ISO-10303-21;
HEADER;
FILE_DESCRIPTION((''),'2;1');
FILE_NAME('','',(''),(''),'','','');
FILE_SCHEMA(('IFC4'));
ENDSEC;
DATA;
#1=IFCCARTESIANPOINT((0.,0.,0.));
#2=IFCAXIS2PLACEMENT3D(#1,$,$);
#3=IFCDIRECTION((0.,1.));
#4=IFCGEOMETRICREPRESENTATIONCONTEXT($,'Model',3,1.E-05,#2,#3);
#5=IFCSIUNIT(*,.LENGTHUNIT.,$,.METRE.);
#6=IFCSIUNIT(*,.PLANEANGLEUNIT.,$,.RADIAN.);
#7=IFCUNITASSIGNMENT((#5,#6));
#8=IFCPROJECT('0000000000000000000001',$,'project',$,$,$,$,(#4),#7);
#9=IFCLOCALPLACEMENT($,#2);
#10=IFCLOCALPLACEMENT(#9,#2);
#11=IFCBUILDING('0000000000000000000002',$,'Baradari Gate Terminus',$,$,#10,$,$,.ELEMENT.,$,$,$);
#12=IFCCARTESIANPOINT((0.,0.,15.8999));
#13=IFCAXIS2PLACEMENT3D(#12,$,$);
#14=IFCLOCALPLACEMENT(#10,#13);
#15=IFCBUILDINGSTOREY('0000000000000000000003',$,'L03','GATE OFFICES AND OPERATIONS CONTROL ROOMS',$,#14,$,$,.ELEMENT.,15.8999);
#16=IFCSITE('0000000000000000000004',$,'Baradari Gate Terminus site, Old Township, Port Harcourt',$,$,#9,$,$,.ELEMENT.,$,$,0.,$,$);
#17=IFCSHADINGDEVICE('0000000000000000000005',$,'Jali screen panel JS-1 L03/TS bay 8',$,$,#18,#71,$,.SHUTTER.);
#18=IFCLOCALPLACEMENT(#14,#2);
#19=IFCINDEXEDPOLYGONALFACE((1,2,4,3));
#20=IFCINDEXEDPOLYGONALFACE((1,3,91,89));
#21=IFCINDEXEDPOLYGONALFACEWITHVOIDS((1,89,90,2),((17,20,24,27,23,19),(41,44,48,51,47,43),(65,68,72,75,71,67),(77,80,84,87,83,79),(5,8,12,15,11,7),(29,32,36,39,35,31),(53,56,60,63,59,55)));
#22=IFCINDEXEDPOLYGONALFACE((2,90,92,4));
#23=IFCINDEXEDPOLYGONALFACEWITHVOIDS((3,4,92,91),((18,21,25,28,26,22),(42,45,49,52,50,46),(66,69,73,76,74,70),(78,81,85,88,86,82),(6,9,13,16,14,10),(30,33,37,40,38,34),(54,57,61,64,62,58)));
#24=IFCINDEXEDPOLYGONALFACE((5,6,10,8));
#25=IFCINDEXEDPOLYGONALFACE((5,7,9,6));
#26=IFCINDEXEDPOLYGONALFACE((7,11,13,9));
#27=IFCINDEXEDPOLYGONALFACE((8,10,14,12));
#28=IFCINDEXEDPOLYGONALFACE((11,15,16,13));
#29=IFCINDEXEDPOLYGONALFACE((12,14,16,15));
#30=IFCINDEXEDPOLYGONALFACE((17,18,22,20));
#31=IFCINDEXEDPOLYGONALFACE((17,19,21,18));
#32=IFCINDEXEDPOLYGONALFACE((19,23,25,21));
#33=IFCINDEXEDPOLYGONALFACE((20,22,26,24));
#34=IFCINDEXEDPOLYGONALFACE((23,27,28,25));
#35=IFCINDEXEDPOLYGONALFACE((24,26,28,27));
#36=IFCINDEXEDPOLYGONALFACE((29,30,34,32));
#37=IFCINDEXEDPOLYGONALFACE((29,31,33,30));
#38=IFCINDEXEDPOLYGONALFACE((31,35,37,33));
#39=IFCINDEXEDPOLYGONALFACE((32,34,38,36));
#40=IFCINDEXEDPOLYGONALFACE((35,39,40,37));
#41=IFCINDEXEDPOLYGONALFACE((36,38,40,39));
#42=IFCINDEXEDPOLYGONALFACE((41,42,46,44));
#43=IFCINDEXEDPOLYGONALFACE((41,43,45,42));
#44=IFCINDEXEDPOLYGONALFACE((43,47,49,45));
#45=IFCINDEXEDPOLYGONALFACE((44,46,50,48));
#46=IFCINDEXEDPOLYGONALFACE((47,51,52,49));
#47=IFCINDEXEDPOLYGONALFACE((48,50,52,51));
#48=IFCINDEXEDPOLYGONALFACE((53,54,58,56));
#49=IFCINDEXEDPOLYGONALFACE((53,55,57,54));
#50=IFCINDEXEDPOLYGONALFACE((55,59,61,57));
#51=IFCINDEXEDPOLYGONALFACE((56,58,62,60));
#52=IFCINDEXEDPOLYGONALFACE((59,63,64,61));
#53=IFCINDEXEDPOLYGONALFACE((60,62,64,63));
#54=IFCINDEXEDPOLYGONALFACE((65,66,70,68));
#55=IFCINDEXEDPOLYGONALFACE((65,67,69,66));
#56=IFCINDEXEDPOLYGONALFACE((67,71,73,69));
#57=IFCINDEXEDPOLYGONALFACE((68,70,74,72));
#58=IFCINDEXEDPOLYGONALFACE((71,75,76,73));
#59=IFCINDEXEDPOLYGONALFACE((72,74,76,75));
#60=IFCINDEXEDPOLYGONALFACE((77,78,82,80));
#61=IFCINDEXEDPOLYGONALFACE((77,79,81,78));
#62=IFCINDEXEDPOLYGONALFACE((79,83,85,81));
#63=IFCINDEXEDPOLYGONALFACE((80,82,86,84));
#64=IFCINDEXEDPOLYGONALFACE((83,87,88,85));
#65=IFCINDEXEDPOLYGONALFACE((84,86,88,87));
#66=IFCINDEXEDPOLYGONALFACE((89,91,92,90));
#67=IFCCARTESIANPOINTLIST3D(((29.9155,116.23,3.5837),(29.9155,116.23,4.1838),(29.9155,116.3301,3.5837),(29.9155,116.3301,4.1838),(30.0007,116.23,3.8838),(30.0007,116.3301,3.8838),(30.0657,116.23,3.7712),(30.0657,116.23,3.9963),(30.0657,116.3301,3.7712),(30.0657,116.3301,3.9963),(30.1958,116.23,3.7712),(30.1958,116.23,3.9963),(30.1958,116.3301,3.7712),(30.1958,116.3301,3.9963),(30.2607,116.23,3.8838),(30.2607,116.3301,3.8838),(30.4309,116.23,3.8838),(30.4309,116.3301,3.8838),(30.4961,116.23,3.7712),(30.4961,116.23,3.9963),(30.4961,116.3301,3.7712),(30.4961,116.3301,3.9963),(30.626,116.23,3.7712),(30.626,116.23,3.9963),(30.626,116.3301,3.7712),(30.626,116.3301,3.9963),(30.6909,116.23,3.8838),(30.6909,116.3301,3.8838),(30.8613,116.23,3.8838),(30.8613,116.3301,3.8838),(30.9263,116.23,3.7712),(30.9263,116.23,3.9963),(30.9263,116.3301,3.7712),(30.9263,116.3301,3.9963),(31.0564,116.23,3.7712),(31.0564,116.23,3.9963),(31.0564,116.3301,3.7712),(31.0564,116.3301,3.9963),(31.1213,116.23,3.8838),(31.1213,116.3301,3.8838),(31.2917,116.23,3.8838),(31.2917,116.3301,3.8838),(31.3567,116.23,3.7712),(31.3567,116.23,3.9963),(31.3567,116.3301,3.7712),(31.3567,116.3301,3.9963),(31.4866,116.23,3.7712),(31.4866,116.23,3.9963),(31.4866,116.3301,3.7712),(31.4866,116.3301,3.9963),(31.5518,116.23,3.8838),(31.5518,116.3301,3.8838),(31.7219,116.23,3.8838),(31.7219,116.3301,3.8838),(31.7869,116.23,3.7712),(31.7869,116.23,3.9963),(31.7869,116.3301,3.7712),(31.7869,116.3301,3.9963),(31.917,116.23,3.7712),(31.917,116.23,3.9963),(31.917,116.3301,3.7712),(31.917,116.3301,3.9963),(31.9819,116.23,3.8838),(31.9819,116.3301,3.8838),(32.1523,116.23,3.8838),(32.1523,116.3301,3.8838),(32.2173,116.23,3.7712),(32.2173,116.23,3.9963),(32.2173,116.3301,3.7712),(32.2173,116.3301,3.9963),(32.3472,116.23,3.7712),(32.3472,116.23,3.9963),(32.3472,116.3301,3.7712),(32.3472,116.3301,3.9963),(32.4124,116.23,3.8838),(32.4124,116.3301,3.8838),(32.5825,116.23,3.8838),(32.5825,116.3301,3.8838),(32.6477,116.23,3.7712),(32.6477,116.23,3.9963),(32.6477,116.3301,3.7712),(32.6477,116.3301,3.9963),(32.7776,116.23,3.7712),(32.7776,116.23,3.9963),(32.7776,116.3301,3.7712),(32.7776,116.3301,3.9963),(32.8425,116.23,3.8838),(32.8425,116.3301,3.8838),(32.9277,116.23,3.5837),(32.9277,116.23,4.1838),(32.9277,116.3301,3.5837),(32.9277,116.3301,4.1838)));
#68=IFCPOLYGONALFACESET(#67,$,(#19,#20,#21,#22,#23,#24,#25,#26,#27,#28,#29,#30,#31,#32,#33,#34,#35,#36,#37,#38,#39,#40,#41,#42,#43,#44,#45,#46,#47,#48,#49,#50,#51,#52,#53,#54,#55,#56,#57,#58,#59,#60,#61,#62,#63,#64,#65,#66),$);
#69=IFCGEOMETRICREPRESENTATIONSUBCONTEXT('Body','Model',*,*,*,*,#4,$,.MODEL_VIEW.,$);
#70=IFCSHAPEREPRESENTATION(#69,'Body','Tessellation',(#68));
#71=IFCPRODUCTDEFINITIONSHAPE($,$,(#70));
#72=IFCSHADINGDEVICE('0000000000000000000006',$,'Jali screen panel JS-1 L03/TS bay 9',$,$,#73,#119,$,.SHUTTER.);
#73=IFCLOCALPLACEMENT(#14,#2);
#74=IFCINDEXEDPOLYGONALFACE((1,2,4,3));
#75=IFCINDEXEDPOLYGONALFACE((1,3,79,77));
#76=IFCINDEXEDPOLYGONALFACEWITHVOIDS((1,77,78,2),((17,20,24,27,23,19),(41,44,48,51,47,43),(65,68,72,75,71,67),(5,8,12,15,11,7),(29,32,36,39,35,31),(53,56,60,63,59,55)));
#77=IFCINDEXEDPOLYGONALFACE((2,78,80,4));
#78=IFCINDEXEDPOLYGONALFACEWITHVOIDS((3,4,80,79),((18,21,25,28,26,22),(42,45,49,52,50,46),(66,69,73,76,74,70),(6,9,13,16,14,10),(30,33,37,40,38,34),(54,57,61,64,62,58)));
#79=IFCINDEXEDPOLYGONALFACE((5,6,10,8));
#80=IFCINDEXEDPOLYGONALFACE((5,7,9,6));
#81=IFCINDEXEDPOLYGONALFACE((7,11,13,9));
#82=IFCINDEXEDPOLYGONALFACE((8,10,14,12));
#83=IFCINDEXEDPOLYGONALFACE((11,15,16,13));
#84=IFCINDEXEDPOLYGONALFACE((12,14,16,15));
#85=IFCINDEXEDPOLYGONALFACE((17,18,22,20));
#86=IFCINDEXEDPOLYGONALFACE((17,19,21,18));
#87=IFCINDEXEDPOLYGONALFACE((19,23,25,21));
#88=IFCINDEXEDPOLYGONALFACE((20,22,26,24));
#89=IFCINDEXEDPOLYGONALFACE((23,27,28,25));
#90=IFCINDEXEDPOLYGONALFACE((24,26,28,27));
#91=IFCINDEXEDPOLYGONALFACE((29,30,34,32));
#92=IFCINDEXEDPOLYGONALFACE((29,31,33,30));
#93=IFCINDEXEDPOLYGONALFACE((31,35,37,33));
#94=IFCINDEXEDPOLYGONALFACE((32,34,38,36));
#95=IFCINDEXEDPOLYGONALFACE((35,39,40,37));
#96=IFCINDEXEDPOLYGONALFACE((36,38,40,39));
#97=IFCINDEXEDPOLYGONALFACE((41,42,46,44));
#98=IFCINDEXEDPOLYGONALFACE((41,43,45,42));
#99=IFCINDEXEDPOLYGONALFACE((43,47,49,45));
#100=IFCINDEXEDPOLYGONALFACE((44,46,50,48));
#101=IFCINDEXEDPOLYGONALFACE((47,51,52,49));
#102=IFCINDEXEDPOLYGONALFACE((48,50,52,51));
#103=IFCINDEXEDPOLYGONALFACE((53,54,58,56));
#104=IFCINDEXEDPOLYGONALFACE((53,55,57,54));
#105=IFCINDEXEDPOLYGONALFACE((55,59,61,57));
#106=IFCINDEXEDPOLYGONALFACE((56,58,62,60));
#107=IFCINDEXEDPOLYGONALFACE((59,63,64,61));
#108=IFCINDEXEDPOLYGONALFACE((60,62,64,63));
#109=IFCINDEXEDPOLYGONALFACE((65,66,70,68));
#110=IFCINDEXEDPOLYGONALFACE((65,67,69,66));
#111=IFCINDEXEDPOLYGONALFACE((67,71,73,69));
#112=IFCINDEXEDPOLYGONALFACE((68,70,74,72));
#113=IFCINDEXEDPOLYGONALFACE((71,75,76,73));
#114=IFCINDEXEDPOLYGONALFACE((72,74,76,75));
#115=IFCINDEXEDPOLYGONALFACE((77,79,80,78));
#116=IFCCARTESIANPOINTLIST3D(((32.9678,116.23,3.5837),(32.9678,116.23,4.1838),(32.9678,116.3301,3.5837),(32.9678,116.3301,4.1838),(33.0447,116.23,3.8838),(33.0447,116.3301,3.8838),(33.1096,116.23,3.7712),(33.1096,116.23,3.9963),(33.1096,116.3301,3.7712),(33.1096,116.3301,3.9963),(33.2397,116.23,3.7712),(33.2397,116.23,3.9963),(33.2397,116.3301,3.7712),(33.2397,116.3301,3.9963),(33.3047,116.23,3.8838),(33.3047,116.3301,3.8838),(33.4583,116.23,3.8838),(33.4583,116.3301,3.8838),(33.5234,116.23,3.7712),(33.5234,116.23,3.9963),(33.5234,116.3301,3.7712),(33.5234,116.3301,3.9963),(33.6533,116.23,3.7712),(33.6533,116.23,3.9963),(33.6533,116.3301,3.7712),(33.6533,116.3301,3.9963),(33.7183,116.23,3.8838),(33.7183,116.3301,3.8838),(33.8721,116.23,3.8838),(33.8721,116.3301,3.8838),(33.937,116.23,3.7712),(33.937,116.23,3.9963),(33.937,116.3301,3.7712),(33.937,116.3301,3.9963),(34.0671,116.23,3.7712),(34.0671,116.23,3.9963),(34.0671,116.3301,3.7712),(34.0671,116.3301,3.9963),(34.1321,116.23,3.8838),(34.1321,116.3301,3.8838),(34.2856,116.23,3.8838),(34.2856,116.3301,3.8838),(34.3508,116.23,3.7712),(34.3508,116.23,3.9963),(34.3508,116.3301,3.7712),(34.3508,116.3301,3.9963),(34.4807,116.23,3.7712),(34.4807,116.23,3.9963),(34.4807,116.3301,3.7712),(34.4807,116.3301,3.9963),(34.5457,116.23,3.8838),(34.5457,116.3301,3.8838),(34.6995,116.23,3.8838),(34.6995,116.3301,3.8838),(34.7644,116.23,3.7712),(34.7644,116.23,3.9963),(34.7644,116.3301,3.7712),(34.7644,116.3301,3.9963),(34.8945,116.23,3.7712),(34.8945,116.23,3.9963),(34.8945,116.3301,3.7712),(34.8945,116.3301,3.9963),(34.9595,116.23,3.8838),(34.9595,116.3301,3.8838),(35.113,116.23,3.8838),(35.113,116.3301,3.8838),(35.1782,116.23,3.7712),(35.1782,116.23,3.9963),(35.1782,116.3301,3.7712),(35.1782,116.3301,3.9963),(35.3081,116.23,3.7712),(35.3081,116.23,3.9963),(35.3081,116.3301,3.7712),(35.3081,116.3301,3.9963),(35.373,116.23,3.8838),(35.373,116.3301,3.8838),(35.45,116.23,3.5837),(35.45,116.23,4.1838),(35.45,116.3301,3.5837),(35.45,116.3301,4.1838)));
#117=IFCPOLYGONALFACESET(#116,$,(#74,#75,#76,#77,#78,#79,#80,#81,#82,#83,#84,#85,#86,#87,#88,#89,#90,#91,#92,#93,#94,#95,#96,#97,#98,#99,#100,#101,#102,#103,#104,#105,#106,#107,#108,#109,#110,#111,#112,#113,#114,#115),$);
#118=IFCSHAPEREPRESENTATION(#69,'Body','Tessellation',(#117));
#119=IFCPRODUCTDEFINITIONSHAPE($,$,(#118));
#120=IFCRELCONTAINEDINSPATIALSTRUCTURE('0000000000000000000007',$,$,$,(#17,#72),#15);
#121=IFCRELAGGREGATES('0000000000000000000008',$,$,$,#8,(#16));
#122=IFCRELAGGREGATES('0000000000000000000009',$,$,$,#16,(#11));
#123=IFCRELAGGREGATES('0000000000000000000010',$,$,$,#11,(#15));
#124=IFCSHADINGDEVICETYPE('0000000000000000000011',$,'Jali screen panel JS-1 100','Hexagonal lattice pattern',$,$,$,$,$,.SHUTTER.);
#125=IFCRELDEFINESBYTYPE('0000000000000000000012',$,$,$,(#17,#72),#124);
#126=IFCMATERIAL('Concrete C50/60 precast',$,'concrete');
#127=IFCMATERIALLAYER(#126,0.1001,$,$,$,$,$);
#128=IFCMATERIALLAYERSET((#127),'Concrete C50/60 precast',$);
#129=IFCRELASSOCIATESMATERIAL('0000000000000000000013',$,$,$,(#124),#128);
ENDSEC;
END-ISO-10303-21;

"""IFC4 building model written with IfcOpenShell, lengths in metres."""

from ifc_helpers import new_model, si_unit, direction, frame, origin, place, context, subcontext, project, spatial, polyline, outline, extrude, material, layer, layer_set, type_object, element, save


model = new_model("IFC4")

# Units and contexts
model_context = context("Model", 3, precision=1e-05, world=origin(), true_north=direction((0.0, 1.0)))
body_context = subcontext(model_context, "Body", "Model", "MODEL_VIEW")
ifc_project = project(units=[si_unit("LENGTHUNIT", "METRE"), si_unit("PLANEANGLEUNIT", "RADIAN")], contexts=[model_context])

# Site, building, storey
site_placement = place(None, origin())
site = spatial("IfcSite", under=ifc_project, at=site_placement, Name="Baradari Gate Terminus site, Old Township, Port Harcourt", CompositionType="ELEMENT", RefElevation=0.0)
building_placement = place(site_placement, origin())
building = spatial("IfcBuilding", under=site, at=building_placement, Name="Baradari Gate Terminus", CompositionType="ELEMENT")
storey_placement = place(building_placement, frame((0.0, 0.0, 15.8999)))
storey = spatial("IfcBuildingStorey", under=building, at=storey_placement, Name="L03", Description="GATE OFFICES AND OPERATIONS CONTROL ROOMS", CompositionType="ELEMENT", Elevation=15.8999)

# Shading devices
ifc_material_1 = material(Name="Concrete C50/60 precast", Category="concrete")
ifc_layer_1 = layer(ifc_material_1, 0.1001)
ifc_layer_set_1 = layer_set([ifc_layer_1], Name="Concrete C50/60 precast")
shading_device_type = type_object("IfcShadingDeviceType", Name="Jali screen panel JS-1 100", Description="Hexagonal lattice pattern", PredefinedType="SHUTTER", material=ifc_layer_set_1)
shading_device_1_placement = place(storey_placement, frame((29.9155, 116.28, 3.5837), z_axis=(0.0, 0.0, 1.0), x_axis=(1.0, 0.0, 0.0)))
element("IfcShadingDevice", 1, at=shading_device_1_placement, inside=storey, type_object=shading_device_type, Name="Jali screen panel JS-1 L03/TS bay 8", PredefinedType="SHUTTER", context=body_context, shape_type="SweptSolid", body=[
    extrude(outline(polyline([(0.0, 0.0), (3.0122, 0.0), (3.0122, 0.6001), (0.0, 0.6001), (0.0, 0.0)]), holes=[polyline([(0.3452, 0.3), (0.2803, 0.1875), (0.1501, 0.1875), (0.0852, 0.3), (0.1501, 0.4126), (0.2803, 0.4126), (0.3452, 0.3)]), polyline([(0.7754, 0.3), (0.7104, 0.1875), (0.5806, 0.1875), (0.5154, 0.3), (0.5806, 0.4126), (0.7104, 0.4126), (0.7754, 0.3)]), polyline([(1.2058, 0.3), (1.1409, 0.1875), (1.0107, 0.1875), (0.9458, 0.3), (1.0107, 0.4126), (1.1409, 0.4126), (1.2058, 0.3)]), polyline([(1.6362, 0.3), (1.571, 0.1875), (1.4412, 0.1875), (1.3762, 0.3), (1.4412, 0.4126), (1.571, 0.4126), (1.6362, 0.3)]), polyline([(2.0664, 0.3), (2.0015, 0.1875), (1.8713, 0.1875), (1.8064, 0.3), (1.8713, 0.4126), (2.0015, 0.4126), (2.0664, 0.3)]), polyline([(2.4968, 0.3), (2.4316, 0.1875), (2.3018, 0.1875), (2.2368, 0.3), (2.3018, 0.4126), (2.4316, 0.4126), (2.4968, 0.3)]), polyline([(2.927, 0.3), (2.8621, 0.1875), (2.7322, 0.1875), (2.667, 0.3), (2.7322, 0.4126), (2.8621, 0.4126), (2.927, 0.3)])]), frame((0.0, 0.05, 0.0), z_axis=(0.0, -1.0, 0.0), x_axis=(1.0, 0.0, 0.0)), (0.0, 0.0, 1.0), 0.1001),
])
shading_device_2_placement = place(storey_placement, frame((32.9678, 116.28, 3.5837), z_axis=(0.0, 0.0, 1.0), x_axis=(1.0, 0.0, 0.0)))
element("IfcShadingDevice", 2, at=shading_device_2_placement, inside=storey, type_object=shading_device_type, Name="Jali screen panel JS-1 L03/TS bay 9", PredefinedType="SHUTTER", context=body_context, shape_type="SweptSolid", body=[
    extrude(outline(polyline([(0.0, 0.0), (2.4822, 0.0), (2.4822, 0.6001), (0.0, 0.6001), (0.0, 0.0)]), holes=[polyline([(0.3369, 0.3), (0.272, 0.1875), (0.1418, 0.1875), (0.0769, 0.3), (0.1418, 0.4126), (0.272, 0.4126), (0.3369, 0.3)]), polyline([(0.7505, 0.3), (0.6855, 0.1875), (0.5557, 0.1875), (0.4905, 0.3), (0.5557, 0.4126), (0.6855, 0.4126), (0.7505, 0.3)]), polyline([(1.1643, 0.3), (1.0994, 0.1875), (0.9692, 0.1875), (0.9043, 0.3), (0.9692, 0.4126), (1.0994, 0.4126), (1.1643, 0.3)]), polyline([(1.5779, 0.3), (1.5129, 0.1875), (1.3831, 0.1875), (1.3179, 0.3), (1.3831, 0.4126), (1.5129, 0.4126), (1.5779, 0.3)]), polyline([(1.9917, 0.3), (1.9268, 0.1875), (1.7966, 0.1875), (1.7317, 0.3), (1.7966, 0.4126), (1.9268, 0.4126), (1.9917, 0.3)]), polyline([(2.4053, 0.3), (2.3403, 0.1875), (2.2104, 0.1875), (2.1453, 0.3), (2.2104, 0.4126), (2.3403, 0.4126), (2.4053, 0.3)])]), frame((0.0, 0.05, 0.0), z_axis=(0.0, -1.0, 0.0), x_axis=(1.0, 0.0, 0.0)), (0.0, 0.0, 1.0), 0.1001),
])

save(model, "model.ifc")
